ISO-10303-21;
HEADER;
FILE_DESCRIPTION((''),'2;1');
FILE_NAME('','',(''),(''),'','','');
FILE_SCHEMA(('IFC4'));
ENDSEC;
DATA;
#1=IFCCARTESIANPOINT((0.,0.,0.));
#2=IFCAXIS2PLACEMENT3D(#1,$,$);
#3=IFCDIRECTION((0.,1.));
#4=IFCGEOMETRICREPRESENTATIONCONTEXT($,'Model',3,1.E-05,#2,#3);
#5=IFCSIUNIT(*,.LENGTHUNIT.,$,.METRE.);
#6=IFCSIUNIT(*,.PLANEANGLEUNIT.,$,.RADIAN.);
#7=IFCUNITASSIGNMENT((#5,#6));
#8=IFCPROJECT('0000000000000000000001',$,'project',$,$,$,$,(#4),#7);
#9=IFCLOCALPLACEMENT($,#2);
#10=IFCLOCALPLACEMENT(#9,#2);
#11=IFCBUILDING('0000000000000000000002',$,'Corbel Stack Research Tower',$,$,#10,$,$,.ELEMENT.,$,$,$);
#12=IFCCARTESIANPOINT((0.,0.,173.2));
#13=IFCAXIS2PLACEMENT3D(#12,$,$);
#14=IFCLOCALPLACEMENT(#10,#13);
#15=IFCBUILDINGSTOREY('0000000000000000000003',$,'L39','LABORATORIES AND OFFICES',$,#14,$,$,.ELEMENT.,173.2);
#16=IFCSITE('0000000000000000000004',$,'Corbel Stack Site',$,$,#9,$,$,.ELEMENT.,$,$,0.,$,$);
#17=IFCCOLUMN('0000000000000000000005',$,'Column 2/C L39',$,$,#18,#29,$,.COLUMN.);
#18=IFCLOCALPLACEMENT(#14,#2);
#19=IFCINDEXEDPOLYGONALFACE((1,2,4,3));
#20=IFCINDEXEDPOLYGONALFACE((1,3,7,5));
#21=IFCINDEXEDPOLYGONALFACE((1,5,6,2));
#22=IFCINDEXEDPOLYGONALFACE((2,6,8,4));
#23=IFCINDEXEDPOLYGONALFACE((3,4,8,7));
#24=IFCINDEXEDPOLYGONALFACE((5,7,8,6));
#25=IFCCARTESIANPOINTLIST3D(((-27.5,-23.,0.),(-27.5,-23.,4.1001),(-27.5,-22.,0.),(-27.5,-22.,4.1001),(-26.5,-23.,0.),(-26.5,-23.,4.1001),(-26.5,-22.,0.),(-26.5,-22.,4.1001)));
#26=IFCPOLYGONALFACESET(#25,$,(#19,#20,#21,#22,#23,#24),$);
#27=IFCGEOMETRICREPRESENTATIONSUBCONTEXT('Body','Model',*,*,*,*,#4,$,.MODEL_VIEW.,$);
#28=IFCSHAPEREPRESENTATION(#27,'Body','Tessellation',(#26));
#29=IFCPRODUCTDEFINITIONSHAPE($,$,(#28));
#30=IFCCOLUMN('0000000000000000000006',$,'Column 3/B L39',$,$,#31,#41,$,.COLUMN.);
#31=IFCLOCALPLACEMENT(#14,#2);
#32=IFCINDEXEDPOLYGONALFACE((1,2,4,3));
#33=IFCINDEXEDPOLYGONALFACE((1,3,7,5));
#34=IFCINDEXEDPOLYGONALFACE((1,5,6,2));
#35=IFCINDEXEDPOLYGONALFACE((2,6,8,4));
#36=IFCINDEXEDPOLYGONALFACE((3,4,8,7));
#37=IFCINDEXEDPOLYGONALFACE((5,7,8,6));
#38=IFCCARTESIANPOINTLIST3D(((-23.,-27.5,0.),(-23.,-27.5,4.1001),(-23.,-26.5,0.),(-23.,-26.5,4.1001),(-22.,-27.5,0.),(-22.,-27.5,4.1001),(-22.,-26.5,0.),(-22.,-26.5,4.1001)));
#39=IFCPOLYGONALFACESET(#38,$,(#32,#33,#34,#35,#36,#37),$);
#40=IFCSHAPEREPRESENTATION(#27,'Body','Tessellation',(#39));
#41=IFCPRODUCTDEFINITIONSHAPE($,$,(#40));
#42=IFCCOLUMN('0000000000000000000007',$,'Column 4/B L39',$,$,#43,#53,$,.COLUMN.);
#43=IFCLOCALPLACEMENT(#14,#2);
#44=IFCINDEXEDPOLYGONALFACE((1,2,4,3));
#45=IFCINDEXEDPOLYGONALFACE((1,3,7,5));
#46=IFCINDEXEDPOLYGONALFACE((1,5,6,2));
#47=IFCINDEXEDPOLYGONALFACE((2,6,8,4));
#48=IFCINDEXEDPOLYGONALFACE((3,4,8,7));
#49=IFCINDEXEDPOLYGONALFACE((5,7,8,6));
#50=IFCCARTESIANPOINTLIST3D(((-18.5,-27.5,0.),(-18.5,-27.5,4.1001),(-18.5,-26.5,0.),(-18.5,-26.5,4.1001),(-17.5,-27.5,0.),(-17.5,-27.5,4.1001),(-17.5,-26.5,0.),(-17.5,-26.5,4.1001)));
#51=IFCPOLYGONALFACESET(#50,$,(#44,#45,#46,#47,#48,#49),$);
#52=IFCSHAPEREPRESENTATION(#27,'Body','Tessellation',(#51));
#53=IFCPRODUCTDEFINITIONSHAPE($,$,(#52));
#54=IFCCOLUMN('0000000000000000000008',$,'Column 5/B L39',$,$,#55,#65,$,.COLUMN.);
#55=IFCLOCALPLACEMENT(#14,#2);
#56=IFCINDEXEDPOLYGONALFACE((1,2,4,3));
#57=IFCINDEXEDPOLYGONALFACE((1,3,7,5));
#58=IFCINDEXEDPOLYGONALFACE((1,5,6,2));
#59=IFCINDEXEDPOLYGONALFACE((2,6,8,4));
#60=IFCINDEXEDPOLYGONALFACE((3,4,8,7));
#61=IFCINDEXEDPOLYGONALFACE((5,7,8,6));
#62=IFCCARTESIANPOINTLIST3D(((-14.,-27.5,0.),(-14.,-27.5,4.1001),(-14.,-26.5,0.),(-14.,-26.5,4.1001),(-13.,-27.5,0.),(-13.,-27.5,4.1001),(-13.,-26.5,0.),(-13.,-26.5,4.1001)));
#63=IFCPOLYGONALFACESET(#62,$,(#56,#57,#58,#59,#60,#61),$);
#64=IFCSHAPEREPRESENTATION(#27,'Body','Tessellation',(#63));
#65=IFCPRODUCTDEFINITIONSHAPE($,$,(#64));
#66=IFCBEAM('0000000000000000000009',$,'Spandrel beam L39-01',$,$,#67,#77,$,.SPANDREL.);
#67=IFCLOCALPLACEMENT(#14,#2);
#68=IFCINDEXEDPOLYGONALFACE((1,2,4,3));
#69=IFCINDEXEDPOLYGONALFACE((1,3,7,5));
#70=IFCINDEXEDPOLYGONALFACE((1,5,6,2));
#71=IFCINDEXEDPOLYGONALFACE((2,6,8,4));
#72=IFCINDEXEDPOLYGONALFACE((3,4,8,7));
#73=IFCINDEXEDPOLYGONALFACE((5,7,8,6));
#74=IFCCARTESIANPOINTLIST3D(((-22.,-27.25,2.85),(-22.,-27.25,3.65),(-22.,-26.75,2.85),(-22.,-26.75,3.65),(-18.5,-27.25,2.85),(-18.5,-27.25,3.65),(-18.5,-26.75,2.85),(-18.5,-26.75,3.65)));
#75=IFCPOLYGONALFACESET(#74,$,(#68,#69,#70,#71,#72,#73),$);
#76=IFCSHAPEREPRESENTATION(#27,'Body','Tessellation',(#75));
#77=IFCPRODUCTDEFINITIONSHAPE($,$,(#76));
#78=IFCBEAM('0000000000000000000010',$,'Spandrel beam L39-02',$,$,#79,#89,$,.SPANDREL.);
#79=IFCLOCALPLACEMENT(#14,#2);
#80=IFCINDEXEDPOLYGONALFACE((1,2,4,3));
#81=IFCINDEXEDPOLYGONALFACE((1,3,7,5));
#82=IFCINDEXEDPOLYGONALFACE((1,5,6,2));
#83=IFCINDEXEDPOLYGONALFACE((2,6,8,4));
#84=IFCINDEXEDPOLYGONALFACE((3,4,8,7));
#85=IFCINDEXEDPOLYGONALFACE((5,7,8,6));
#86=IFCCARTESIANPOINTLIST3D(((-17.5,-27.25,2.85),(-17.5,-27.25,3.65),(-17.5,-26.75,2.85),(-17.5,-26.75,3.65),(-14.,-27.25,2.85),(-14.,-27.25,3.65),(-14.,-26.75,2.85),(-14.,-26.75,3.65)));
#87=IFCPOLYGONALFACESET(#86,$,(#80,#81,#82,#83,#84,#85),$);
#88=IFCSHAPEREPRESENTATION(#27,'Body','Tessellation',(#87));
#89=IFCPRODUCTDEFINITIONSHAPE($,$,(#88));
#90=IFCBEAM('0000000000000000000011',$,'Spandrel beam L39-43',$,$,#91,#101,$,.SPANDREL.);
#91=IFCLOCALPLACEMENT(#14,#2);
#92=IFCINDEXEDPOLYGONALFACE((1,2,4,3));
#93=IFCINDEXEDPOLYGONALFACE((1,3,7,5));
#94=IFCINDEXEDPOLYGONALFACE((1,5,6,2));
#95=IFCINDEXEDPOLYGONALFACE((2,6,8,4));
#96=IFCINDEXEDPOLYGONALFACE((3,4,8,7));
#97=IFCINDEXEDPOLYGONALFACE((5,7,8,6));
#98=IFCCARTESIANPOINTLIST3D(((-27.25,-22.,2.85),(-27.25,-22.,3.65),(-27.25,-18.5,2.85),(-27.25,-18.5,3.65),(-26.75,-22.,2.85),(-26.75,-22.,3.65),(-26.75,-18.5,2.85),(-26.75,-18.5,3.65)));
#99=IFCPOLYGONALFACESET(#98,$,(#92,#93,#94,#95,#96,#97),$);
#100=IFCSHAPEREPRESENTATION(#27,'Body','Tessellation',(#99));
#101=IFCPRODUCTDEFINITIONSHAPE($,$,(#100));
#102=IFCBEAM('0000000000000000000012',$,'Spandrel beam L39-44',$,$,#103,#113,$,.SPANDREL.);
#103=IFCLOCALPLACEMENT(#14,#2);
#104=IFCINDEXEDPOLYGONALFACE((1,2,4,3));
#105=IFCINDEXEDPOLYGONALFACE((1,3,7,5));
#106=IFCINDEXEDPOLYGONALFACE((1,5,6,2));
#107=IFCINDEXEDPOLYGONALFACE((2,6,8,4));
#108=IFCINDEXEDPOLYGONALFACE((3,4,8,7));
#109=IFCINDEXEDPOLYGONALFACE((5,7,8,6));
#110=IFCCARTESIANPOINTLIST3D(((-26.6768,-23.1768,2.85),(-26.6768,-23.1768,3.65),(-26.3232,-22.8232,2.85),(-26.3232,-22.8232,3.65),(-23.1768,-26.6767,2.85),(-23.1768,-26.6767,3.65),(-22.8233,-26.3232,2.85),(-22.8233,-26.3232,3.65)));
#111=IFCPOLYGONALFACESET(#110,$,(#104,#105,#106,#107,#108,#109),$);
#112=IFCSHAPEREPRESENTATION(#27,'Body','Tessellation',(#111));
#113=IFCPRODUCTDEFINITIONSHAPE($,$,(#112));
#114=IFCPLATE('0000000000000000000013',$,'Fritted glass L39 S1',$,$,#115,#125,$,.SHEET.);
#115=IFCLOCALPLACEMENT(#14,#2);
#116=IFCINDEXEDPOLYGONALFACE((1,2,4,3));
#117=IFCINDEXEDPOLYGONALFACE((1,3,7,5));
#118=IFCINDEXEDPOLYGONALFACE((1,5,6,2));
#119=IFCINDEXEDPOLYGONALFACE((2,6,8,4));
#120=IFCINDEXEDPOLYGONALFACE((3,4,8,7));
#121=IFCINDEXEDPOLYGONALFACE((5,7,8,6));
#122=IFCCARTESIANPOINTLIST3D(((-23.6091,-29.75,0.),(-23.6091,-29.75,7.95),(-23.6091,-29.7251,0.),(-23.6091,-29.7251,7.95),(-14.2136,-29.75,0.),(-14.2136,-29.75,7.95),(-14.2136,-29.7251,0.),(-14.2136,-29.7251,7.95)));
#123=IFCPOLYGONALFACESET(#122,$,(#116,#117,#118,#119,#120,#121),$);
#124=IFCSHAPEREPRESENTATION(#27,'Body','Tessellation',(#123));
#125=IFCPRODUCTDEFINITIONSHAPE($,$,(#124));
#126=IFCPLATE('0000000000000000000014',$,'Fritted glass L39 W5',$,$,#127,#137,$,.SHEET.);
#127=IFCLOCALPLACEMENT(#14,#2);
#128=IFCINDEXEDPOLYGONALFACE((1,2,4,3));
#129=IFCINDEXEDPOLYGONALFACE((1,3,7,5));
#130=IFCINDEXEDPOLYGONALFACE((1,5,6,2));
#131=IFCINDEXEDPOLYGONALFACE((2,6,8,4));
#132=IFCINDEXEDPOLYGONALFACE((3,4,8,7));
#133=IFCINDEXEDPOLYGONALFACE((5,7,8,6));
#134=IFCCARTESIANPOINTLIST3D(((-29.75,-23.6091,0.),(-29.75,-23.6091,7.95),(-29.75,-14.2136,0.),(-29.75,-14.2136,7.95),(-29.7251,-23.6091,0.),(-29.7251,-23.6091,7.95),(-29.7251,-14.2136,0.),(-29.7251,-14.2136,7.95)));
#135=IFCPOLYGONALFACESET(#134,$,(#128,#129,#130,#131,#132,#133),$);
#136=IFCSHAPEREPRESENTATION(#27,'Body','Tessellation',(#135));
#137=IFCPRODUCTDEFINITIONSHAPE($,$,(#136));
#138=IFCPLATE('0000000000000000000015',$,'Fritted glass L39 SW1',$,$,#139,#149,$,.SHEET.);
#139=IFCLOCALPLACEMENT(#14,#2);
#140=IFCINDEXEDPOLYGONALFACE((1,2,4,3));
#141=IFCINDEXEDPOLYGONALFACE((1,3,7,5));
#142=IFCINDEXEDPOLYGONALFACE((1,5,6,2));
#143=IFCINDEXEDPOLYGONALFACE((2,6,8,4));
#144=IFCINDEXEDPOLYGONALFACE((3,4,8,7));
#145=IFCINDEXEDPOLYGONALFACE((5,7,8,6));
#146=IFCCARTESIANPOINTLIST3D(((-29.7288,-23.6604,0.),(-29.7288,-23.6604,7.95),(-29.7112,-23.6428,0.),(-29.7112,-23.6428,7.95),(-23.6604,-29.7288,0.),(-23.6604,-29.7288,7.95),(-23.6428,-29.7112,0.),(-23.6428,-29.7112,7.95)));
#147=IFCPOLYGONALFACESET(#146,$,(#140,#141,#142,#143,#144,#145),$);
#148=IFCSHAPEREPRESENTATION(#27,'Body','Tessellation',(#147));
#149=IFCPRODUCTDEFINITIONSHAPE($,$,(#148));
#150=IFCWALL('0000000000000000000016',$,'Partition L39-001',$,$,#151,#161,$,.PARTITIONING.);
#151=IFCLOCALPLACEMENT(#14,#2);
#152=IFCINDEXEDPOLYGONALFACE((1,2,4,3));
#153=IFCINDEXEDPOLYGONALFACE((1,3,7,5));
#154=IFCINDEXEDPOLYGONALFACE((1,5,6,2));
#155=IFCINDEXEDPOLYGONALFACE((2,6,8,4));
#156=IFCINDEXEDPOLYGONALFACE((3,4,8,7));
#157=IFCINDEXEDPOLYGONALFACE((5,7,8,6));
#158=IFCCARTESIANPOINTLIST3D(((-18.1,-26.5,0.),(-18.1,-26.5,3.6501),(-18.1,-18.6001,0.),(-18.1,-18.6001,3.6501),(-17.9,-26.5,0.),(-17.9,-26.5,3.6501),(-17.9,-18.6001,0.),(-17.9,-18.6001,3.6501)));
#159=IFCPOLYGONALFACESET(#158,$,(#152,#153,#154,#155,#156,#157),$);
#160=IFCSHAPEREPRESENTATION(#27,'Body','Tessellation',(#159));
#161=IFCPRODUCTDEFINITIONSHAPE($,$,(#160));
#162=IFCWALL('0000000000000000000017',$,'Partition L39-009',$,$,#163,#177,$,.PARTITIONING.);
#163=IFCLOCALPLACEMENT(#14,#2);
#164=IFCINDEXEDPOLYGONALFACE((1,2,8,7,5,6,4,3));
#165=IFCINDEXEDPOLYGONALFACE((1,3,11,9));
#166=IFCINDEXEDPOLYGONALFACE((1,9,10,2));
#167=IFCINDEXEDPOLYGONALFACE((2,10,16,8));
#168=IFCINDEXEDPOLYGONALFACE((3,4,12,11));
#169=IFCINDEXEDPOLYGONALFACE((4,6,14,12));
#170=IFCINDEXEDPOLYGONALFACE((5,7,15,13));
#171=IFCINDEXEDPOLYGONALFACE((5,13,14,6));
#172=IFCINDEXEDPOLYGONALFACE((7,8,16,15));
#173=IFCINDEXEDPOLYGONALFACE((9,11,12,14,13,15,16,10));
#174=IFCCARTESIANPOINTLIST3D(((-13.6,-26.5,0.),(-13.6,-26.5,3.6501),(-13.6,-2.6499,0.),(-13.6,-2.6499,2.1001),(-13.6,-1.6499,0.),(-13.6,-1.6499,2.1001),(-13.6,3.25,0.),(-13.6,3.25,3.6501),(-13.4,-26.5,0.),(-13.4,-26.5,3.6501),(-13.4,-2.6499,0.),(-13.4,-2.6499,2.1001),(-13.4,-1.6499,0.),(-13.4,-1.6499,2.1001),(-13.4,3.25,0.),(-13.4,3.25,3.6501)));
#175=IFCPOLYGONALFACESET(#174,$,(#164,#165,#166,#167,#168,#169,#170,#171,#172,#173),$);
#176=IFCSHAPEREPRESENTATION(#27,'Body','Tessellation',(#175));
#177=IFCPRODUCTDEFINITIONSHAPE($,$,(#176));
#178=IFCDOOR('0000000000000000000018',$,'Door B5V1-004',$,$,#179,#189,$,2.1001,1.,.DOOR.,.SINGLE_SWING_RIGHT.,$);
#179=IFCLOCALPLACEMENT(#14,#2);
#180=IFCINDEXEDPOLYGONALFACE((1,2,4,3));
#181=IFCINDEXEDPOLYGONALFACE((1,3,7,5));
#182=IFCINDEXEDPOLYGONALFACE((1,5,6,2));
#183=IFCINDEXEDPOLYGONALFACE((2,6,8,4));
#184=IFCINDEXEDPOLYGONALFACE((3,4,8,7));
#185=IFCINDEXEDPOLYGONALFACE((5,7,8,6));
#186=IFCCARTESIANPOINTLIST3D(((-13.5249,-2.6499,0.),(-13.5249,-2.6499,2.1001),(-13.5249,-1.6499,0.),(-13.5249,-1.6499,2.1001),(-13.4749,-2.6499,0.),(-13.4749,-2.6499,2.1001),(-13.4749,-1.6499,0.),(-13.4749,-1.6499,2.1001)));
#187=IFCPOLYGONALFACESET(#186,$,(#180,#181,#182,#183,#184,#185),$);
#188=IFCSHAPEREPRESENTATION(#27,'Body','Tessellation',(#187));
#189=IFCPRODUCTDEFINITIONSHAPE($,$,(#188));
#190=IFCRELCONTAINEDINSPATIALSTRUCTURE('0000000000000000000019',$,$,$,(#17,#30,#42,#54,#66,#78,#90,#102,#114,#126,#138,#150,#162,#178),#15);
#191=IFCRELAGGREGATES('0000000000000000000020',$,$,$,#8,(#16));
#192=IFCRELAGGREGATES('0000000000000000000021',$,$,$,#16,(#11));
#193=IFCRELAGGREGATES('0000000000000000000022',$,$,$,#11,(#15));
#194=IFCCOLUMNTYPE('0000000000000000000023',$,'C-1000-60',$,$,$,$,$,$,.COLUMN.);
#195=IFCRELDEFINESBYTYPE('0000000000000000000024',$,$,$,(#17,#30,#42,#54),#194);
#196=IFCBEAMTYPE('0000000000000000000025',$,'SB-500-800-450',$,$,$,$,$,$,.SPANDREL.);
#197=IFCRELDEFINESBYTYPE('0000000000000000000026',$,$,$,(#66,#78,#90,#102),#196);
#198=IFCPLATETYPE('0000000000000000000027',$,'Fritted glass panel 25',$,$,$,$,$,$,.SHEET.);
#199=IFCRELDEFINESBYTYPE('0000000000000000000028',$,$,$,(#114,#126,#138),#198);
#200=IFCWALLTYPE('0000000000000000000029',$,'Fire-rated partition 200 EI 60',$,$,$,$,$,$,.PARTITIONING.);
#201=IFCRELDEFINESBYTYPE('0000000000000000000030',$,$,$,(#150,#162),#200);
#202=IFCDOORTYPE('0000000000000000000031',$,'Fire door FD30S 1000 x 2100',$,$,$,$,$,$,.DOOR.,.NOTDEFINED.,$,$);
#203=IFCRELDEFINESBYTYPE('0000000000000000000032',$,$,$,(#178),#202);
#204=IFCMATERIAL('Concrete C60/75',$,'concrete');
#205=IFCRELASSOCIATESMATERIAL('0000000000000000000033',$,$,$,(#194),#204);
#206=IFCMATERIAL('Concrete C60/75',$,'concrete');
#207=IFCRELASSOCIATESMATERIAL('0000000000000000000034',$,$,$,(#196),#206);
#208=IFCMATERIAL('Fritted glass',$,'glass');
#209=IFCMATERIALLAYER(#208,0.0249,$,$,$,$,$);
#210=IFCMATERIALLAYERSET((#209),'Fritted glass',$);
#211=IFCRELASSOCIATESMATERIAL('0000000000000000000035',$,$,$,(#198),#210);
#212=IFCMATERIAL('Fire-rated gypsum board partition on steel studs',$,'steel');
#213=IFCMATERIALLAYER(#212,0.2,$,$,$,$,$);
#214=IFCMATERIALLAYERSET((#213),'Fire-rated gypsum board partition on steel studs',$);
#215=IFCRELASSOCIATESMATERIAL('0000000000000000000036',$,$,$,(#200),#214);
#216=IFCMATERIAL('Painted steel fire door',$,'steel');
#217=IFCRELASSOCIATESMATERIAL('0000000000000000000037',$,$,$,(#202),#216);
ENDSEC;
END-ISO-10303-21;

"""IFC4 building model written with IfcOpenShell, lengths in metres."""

from ifc_helpers import new_model, si_unit, direction, frame, frame_2d, origin, origin_2d, place, context, subcontext, project, spatial, rectangle, extrude, material, layer, layer_set, material_profile, profile_set, type_object, element, fill, save


model = new_model("IFC4")

# Units and contexts
model_context = context("Model", 3, precision=1e-05, world=origin(), true_north=direction((0.0, 1.0)))
body_context = subcontext(model_context, "Body", "Model", "MODEL_VIEW")
ifc_project = project(units=[si_unit("LENGTHUNIT", "METRE"), si_unit("PLANEANGLEUNIT", "RADIAN")], contexts=[model_context])

# Site, building, storey
site_placement = place(None, origin())
site = spatial("IfcSite", under=ifc_project, at=site_placement, Name="Corbel Stack Site", CompositionType="ELEMENT", RefElevation=0.0)
building_placement = place(site_placement, origin())
building = spatial("IfcBuilding", under=site, at=building_placement, Name="Corbel Stack Research Tower", CompositionType="ELEMENT")
storey_placement = place(building_placement, frame((0.0, 0.0, 173.2)))
storey = spatial("IfcBuildingStorey", under=building, at=storey_placement, Name="L39", Description="LABORATORIES AND OFFICES", CompositionType="ELEMENT", Elevation=173.2)

# Columns
ifc_material_1 = material(Name="Concrete C60/75", Category="concrete")
ifc_material_profile_1 = material_profile(ifc_material_1, rectangle(XDim=1.0, YDim=1.0, at=origin_2d()), Name="RC 1000 x 1000")
ifc_profile_set_1 = profile_set([ifc_material_profile_1], Name="Concrete C60/75")
column_type = type_object("IfcColumnType", Name="C-1000-60", PredefinedType="COLUMN", material=ifc_profile_set_1)
for number, where, z_axis, x_axis, name in (
    (1, (-27.0, -22.5, 0.0), (0.0, 0.0, 1.0), (1.0, 0.0, 0.0), "Column 2/C L39"),
    (2, (-22.5, -27.0, 0.0), (0.0, 0.0, 1.0), (1.0, 0.0, 0.0), "Column 3/B L39"),
    (3, (-18.0, -27.0, 0.0), (0.0, 0.0, 1.0), (1.0, 0.0, 0.0), "Column 4/B L39"),
    (4, (-13.5, -27.0, 0.0), (0.0, 0.0, 1.0), (1.0, 0.0, 0.0), "Column 5/B L39"),
):
    element("IfcColumn", number, at=place(storey_placement, frame(where, z_axis=z_axis, x_axis=x_axis)), inside=storey, type_object=column_type, Name=name, PredefinedType="COLUMN", context=body_context, shape_type="SweptSolid", body=[
        extrude(rectangle(XDim=1.0, YDim=1.0, at=origin_2d()), origin(), (0.0, 0.0, 1.0), 4.1001),
    ])

# Beams
ifc_material_2 = material(Name="Concrete C60/75", Category="concrete")
ifc_material_profile_2 = material_profile(ifc_material_2, rectangle(XDim=0.5, YDim=0.8, at=origin_2d()), Name="RC 500 x 800")
ifc_profile_set_2 = profile_set([ifc_material_profile_2], Name="Concrete C60/75")
beam_type = type_object("IfcBeamType", Name="SB-500-800-450", PredefinedType="SPANDREL", material=ifc_profile_set_2)
for number, where, z_axis, x_axis, name in (
    (5, (-22.0, -27.0, 3.25), (1.0, 0.0, 0.0), (0.0, 1.0, 0.0), "Spandrel beam L39-01"),
    (6, (-17.5, -27.0, 3.25), (1.0, 0.0, 0.0), (0.0, 1.0, 0.0), "Spandrel beam L39-02"),
    (7, (-27.0, -18.5, 3.25), (0.0, -1.0, 0.0), (1.0, 0.0, 0.0), "Spandrel beam L39-43"),
):
    element("IfcBeam", number, at=place(storey_placement, frame(where, z_axis=z_axis, x_axis=x_axis)), inside=storey, type_object=beam_type, Name=name, PredefinedType="SPANDREL", context=body_context, shape_type="SweptSolid", body=[
        extrude(rectangle(XDim=0.5, YDim=0.8, at=origin_2d()), origin(), (0.0, 0.0, 1.0), 3.5),
    ])
beam_placement = place(storey_placement, frame((-26.5, -23.0, 3.25), z_axis=(0.707107, -0.707107, 0.0), x_axis=(0.707107, 0.707107, 0.0)))
element("IfcBeam", 8, at=beam_placement, inside=storey, type_object=beam_type, Name="Spandrel beam L39-44", PredefinedType="SPANDREL", context=body_context, shape_type="SweptSolid", body=[
    extrude(rectangle(XDim=0.5, YDim=0.8, at=origin_2d()), origin(), (0.0, 0.0, 1.0), 4.9497),
])

# Plates
ifc_material_3 = material(Name="Fritted glass", Category="glass")
ifc_layer_1 = layer(ifc_material_3, 0.0249)
ifc_layer_set_1 = layer_set([ifc_layer_1], Name="Fritted glass")
plate_type = type_object("IfcPlateType", Name="Fritted glass panel 25", PredefinedType="SHEET", material=ifc_layer_set_1)
for number, where, z_axis, x_axis, name in (
    (9, (-18.9114, -29.7375, 0.0), (0.0, 0.0, 1.0), (1.0, 0.0, 0.0), "Fritted glass L39 S1"),
    (10, (-29.7375, -18.9114, 0.0), (0.0, 0.0, 1.0), (0.0, -1.0, 0.0), "Fritted glass L39 W5"),
):
    element("IfcPlate", number, at=place(storey_placement, frame(where, z_axis=z_axis, x_axis=x_axis)), inside=storey, type_object=plate_type, Name=name, PredefinedType="SHEET", context=body_context, shape_type="SweptSolid", body=[
        extrude(rectangle(XDim=9.3955, YDim=0.0249, at=origin_2d()), origin(), (0.0, 0.0, 1.0), 7.95),
    ])
plate_placement = place(storey_placement, frame((-26.6858, -26.6858, 0.0), z_axis=(0.0, 0.0, 1.0), x_axis=(0.707107, -0.707107, 0.0)))
element("IfcPlate", 11, at=plate_placement, inside=storey, type_object=plate_type, Name="Fritted glass L39 SW1", PredefinedType="SHEET", context=body_context, shape_type="SweptSolid", body=[
    extrude(rectangle(XDim=8.582, YDim=0.0249, at=origin_2d()), origin(), (0.0, 0.0, 1.0), 7.95),
])

# Wall
ifc_material_4 = material(Name="Fire-rated gypsum board partition on steel studs", Category="steel")
ifc_layer_2 = layer(ifc_material_4, 0.2)
ifc_layer_set_2 = layer_set([ifc_layer_2], Name="Fire-rated gypsum board partition on steel studs")
wall_type_1 = type_object("IfcWallType", Name="Fire-rated partition 200 EI 60", PredefinedType="PARTITIONING", material=ifc_layer_set_2)
wall_1_placement = place(storey_placement, frame((-18.0, -26.5, 0.0), z_axis=(0.0, 0.0, 1.0), x_axis=(0.0, 1.0, 0.0)))
element("IfcWall", 12, at=wall_1_placement, inside=storey, type_object=wall_type_1, Name="Partition L39-001", PredefinedType="PARTITIONING", context=body_context, shape_type="SweptSolid", body=[
    extrude(rectangle(XDim=7.8999, YDim=0.2, at=frame_2d((3.95, 0.0))), origin(), (0.0, 0.0, 1.0), 3.6501),
])

# Wall, opening, door
wall_2_placement = place(storey_placement, frame((-13.5, -26.5, 0.0), z_axis=(0.0, 0.0, 1.0), x_axis=(0.0, 1.0, 0.0)))
wall_2 = element("IfcWall", 13, at=wall_2_placement, inside=storey, type_object=wall_type_1, Name="Partition L39-009", PredefinedType="PARTITIONING", context=body_context, shape_type="SweptSolid", body=[
    extrude(rectangle(XDim=29.75, YDim=0.2, at=frame_2d((14.875, 0.0))), origin(), (0.0, 0.0, 1.0), 3.6501),
])
opening_1_placement = place(wall_2_placement, frame((23.8501, 0.0, 0.0)))
opening_1 = element("IfcOpeningElement", 14, at=opening_1_placement, cuts=wall_2, PredefinedType="OPENING", context=body_context, shape_type="SweptSolid", body=[
    extrude(rectangle(XDim=1.0, YDim=2.1001, at=frame_2d((0.5, 1.05))), frame((0.0, 0.1099, 0.0), z_axis=(0.0, -1.0, 0.0), x_axis=(1.0, 0.0, 0.0)), (0.0, 0.0, 1.0), 0.22),
])
ifc_material_5 = material(Name="Painted steel fire door", Category="steel")
door_type_1 = type_object("IfcDoorType", Name="Fire door FD30S 1000 x 2100", OperationType="NOTDEFINED", PredefinedType="DOOR", material=ifc_material_5)
door_1_placement = place(opening_1_placement, origin())
door_1 = element("IfcDoor", 15, at=door_1_placement, inside=storey, type_object=door_type_1, Name="Door B5V1-004", OperationType="SINGLE_SWING_RIGHT", OverallHeight=2.1001, OverallWidth=1.0, PredefinedType="DOOR", context=body_context, shape_type="SweptSolid", body=[
    extrude(rectangle(XDim=1.0, YDim=2.1001, at=frame_2d((0.5, 1.05))), frame((0.0, 0.0249, 0.0), z_axis=(0.0, -1.0, 0.0), x_axis=(1.0, 0.0, 0.0)), (0.0, 0.0, 1.0), 0.05),
])
fill(opening_1, door_1)

save(model, "model.ifc")
